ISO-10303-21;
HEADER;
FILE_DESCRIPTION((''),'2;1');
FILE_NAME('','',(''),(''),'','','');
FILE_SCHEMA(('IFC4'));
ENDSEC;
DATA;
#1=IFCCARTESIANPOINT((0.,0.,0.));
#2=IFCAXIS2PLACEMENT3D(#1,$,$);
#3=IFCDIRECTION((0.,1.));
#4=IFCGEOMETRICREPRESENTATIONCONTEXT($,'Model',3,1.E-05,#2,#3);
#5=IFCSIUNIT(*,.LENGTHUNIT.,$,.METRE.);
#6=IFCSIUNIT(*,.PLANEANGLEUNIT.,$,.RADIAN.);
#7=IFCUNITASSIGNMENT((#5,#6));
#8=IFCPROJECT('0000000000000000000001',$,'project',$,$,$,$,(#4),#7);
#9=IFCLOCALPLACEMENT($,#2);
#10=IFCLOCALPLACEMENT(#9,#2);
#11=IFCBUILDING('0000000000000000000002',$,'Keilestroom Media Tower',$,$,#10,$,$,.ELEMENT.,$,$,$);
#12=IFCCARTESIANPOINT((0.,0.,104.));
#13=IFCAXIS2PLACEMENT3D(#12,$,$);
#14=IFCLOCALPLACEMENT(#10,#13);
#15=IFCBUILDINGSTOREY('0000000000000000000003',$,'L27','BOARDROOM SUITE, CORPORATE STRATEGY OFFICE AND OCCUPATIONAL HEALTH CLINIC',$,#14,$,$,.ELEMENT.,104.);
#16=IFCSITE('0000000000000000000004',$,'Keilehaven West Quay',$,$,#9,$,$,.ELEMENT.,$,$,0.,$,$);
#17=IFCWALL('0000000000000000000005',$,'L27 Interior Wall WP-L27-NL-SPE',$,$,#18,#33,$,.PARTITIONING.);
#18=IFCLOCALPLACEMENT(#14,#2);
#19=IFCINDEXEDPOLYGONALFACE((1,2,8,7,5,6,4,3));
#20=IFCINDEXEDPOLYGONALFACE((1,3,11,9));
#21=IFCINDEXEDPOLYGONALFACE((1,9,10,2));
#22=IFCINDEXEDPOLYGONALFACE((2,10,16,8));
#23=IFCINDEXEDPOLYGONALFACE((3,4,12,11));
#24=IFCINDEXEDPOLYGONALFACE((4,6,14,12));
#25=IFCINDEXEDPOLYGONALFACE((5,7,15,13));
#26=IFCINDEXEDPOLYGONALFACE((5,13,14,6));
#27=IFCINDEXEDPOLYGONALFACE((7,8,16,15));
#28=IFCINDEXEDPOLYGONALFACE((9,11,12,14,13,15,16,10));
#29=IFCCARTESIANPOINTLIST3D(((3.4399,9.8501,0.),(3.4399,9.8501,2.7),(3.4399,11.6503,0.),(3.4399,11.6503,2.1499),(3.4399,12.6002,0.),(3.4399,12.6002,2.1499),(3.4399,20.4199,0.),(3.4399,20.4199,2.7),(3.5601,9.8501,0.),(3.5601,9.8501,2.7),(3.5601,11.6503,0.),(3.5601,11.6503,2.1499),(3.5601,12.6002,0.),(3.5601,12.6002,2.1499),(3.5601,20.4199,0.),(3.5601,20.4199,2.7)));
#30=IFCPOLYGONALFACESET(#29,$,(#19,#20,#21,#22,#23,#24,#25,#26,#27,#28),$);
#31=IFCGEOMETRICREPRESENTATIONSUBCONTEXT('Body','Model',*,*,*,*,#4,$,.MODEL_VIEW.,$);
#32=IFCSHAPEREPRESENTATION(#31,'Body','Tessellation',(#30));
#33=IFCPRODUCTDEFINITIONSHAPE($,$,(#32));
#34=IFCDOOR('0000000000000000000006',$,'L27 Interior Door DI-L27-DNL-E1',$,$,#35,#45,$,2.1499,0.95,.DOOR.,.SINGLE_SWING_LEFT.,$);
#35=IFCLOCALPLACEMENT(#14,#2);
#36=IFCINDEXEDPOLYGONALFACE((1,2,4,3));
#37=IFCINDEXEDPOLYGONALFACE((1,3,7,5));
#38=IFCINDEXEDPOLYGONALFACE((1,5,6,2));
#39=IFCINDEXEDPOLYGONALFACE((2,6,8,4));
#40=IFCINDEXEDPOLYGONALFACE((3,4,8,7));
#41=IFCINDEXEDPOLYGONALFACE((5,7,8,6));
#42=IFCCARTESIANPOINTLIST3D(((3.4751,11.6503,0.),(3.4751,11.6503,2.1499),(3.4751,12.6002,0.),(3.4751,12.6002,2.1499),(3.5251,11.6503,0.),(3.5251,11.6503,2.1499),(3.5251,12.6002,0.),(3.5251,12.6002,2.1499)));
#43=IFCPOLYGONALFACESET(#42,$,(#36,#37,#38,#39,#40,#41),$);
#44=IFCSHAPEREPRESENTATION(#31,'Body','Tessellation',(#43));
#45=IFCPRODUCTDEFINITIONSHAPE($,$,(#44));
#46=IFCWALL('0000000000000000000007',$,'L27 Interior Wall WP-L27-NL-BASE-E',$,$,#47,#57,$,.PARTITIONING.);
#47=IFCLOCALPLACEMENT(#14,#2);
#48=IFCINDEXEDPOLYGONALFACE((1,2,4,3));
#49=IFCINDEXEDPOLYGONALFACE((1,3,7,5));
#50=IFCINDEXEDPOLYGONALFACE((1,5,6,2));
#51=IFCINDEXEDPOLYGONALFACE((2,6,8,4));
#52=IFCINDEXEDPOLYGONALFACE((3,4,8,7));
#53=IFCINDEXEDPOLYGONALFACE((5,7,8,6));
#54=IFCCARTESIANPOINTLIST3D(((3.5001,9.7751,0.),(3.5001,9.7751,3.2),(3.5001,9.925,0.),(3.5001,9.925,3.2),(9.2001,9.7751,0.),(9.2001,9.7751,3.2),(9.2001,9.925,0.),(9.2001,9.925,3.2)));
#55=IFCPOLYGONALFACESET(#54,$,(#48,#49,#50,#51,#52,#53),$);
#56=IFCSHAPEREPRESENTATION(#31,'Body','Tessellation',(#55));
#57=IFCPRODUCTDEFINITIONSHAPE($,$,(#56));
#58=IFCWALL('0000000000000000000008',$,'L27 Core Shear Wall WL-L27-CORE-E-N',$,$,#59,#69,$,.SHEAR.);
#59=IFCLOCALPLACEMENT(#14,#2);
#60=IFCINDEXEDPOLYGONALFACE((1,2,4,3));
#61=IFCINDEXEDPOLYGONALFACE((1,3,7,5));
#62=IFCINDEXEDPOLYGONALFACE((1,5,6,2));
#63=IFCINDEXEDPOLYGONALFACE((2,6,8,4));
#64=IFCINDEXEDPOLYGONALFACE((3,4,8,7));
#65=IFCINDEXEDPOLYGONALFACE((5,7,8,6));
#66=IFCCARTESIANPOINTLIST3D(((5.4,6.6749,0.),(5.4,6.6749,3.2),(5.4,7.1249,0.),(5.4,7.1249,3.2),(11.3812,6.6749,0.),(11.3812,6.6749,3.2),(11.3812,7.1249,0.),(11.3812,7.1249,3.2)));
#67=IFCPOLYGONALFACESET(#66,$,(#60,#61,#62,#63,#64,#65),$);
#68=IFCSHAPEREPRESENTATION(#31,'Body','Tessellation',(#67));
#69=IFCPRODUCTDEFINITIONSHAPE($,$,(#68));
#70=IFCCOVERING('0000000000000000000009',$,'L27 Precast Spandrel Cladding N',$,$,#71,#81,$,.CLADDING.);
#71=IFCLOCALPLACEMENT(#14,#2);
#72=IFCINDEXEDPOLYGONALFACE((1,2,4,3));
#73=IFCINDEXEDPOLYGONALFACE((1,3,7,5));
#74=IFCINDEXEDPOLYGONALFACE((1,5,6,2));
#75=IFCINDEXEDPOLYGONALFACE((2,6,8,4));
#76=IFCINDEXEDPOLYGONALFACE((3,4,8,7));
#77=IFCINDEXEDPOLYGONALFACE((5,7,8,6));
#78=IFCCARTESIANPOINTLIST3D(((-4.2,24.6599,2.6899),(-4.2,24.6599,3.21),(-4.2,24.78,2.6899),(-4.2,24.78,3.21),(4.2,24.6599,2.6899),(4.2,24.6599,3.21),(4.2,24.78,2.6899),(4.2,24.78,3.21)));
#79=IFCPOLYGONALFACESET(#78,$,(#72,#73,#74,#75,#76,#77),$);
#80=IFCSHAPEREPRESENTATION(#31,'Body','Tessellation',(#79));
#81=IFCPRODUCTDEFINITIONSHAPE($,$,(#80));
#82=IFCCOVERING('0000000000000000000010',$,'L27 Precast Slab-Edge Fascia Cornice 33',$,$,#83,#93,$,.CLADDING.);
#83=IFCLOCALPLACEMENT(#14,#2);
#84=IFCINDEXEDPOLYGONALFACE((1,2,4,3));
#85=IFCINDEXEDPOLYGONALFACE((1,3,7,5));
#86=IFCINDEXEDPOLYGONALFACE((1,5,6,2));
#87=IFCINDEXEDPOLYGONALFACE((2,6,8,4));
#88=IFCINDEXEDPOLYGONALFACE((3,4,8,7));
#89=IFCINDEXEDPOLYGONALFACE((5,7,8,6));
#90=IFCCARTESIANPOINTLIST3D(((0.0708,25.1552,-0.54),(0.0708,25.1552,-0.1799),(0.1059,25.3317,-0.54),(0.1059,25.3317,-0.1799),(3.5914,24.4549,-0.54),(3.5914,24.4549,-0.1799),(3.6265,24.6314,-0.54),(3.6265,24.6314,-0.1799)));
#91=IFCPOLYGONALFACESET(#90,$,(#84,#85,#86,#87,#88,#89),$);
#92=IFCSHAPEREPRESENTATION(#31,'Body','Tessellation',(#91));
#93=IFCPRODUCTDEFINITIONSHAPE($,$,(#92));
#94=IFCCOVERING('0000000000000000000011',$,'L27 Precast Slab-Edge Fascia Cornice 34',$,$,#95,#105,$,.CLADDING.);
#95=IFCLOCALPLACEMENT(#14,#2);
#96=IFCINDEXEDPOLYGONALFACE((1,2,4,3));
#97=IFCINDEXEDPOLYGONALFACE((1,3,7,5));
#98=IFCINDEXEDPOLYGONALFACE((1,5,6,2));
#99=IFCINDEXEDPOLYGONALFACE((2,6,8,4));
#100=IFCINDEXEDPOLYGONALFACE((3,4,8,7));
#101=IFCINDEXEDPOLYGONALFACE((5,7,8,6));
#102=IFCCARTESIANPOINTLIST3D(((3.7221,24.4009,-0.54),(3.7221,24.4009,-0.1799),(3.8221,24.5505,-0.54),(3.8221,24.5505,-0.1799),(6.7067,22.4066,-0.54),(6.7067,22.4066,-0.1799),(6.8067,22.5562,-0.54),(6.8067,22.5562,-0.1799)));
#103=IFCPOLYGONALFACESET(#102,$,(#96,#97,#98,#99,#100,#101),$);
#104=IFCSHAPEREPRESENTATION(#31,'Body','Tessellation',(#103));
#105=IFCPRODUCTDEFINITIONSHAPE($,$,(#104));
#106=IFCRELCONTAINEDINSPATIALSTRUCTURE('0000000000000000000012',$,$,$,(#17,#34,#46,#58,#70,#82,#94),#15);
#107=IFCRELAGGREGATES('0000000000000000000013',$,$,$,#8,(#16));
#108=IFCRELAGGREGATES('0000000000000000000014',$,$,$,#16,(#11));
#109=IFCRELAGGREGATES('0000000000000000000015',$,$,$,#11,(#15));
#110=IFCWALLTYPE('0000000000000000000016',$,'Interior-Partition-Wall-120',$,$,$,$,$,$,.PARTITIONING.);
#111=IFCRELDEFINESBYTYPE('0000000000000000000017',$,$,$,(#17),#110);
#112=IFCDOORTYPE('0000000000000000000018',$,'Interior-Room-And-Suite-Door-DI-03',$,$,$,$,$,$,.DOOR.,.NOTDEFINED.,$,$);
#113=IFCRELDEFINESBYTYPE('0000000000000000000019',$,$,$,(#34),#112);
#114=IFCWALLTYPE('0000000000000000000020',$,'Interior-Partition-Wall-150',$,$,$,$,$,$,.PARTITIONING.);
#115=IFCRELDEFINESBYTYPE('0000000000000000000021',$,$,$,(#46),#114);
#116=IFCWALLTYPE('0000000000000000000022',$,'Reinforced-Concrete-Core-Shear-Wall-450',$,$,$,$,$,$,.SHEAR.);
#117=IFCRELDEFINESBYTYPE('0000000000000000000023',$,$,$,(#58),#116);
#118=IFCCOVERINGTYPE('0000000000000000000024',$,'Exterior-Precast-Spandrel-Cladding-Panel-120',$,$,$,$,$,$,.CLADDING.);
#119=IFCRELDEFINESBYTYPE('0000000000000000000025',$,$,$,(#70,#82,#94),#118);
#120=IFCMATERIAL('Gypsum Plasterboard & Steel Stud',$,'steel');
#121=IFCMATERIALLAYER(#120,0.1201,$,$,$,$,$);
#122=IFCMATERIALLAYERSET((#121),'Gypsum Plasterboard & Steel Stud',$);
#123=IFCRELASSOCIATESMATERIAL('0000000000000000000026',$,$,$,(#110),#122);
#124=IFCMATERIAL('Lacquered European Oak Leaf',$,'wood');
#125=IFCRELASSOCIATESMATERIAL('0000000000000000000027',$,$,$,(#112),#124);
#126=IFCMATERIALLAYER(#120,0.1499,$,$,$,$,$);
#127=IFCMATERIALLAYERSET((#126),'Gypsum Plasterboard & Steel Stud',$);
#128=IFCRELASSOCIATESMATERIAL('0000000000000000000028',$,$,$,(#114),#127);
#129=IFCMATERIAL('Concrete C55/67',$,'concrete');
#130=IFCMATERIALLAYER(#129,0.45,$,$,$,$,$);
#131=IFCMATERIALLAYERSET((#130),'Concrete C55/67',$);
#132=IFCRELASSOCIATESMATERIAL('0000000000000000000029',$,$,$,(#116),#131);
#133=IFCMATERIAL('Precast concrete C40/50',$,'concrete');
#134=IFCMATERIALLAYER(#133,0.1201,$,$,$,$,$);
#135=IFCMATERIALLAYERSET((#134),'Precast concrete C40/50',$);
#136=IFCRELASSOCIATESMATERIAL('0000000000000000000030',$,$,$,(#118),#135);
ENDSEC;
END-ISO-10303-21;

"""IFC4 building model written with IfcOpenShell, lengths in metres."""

from ifc_helpers import new_model, si_unit, direction, frame, frame_2d, origin, origin_2d, place, context, subcontext, project, spatial, rectangle, extrude, source, transform, mapped, material, layer, layer_set, type_object, element, fill, save


model = new_model("IFC4")

# Units and contexts
model_context = context("Model", 3, precision=1e-05, world=origin(), true_north=direction((0.0, 1.0)))
body_context = subcontext(model_context, "Body", "Model", "MODEL_VIEW")
ifc_project = project(units=[si_unit("LENGTHUNIT", "METRE"), si_unit("PLANEANGLEUNIT", "RADIAN")], contexts=[model_context])

# Site, building, storey
site_placement = place(None, origin())
site = spatial("IfcSite", under=ifc_project, at=site_placement, Name="Keilehaven West Quay", CompositionType="ELEMENT", RefElevation=0.0)
building_placement = place(site_placement, origin())
building = spatial("IfcBuilding", under=site, at=building_placement, Name="Keilestroom Media Tower", CompositionType="ELEMENT")
storey_placement = place(building_placement, frame((0.0, 0.0, 104.0)))
storey = spatial("IfcBuildingStorey", under=building, at=storey_placement, Name="L27", Description="BOARDROOM SUITE, CORPORATE STRATEGY OFFICE AND OCCUPATIONAL HEALTH CLINIC", CompositionType="ELEMENT", Elevation=104.0)

# Shared definitions
ifc_material_1 = material(Name="Concrete C55/67", Category="concrete")

# Shared definitions
ifc_material_2 = material(Name="Precast concrete C40/50", Category="concrete")

# Wall, opening, door
ifc_material_3 = material(Name="Gypsum Plasterboard & Steel Stud", Category="steel")
ifc_layer_1 = layer(ifc_material_3, 0.1201)
ifc_layer_set_1 = layer_set([ifc_layer_1], Name="Gypsum Plasterboard & Steel Stud")
wall_type_1 = type_object("IfcWallType", Name="Interior-Partition-Wall-120", PredefinedType="PARTITIONING", material=ifc_layer_set_1)
wall_1_placement = place(storey_placement, frame((3.5, 9.8501, 0.0), z_axis=(0.0, 0.0, 1.0), x_axis=(0.0, 1.0, 0.0)))
wall_1 = element("IfcWall", 1, at=wall_1_placement, inside=storey, type_object=wall_type_1, Name="L27 Interior Wall WP-L27-NL-SPE", PredefinedType="PARTITIONING", context=body_context, shape_type="SweptSolid", body=[
    extrude(rectangle(XDim=10.5698, YDim=0.1201, at=frame_2d((5.2849, 0.0))), origin(), (0.0, 0.0, 1.0), 2.7),
])
opening_1_placement = place(wall_1_placement, frame((1.8, 0.0, 0.0)))
opening_1 = element("IfcOpeningElement", 2, at=opening_1_placement, cuts=wall_1, PredefinedType="OPENING", context=body_context, shape_type="SweptSolid", body=[
    extrude(rectangle(XDim=0.95, YDim=2.1499, at=frame_2d((0.4751, 1.075))), frame((0.0, 0.0701, 0.0), z_axis=(0.0, -1.0, 0.0), x_axis=(1.0, 0.0, 0.0)), (0.0, 0.0, 1.0), 0.1401),
])
ifc_material_4 = material(Name="Lacquered European Oak Leaf", Category="wood")
door_type_1 = type_object("IfcDoorType", Name="Interior-Room-And-Suite-Door-DI-03", OperationType="NOTDEFINED", PredefinedType="DOOR", material=ifc_material_4)
shared_shape_1 = source(origin(), body_context, "Body", "SweptSolid", [
    extrude(rectangle(XDim=0.95, YDim=2.1499, at=frame_2d((0.4751, 1.075))), frame((0.0, 0.0249, 0.0), z_axis=(0.0, -1.0, 0.0), x_axis=(1.0, 0.0, 0.0)), (0.0, 0.0, 1.0), 0.05),
])
door_1_placement = place(opening_1_placement, origin())
door_1 = element("IfcDoor", 3, at=door_1_placement, inside=storey, type_object=door_type_1, Name="L27 Interior Door DI-L27-DNL-E1", OperationType="SINGLE_SWING_LEFT", OverallHeight=2.1499, OverallWidth=0.95, PredefinedType="DOOR", context=body_context, shape_type="MappedRepresentation", body=[
    mapped(shared_shape_1, transform((0.0, 0.0, 0.0), x_axis=(1.0, 0.0, 0.0), y_axis=(0.0, 1.0, 0.0), z_axis=(0.0, 0.0, 1.0), scale=1.0)),
])
fill(opening_1, door_1)

# Walls
ifc_layer_2 = layer(ifc_material_3, 0.1499)
ifc_layer_set_2 = layer_set([ifc_layer_2], Name="Gypsum Plasterboard & Steel Stud")
wall_type_2 = type_object("IfcWallType", Name="Interior-Partition-Wall-150", PredefinedType="PARTITIONING", material=ifc_layer_set_2)
wall_2_placement = place(storey_placement, frame((3.5, 9.8501, 0.0), z_axis=(0.0, 0.0, 1.0), x_axis=(1.0, 0.0, 0.0)))
element("IfcWall", 4, at=wall_2_placement, inside=storey, type_object=wall_type_2, Name="L27 Interior Wall WP-L27-NL-BASE-E", PredefinedType="PARTITIONING", context=body_context, shape_type="SweptSolid", body=[
    extrude(rectangle(XDim=5.7, YDim=0.1499, at=frame_2d((2.8501, 0.0))), origin(), (0.0, 0.0, 1.0), 3.2),
])
ifc_layer_3 = layer(ifc_material_1, 0.45)
ifc_layer_set_3 = layer_set([ifc_layer_3], Name="Concrete C55/67")
wall_type_3 = type_object("IfcWallType", Name="Reinforced-Concrete-Core-Shear-Wall-450", PredefinedType="SHEAR", material=ifc_layer_set_3)
wall_3_placement = place(storey_placement, frame((5.3999, 6.8999, 0.0), z_axis=(0.0, 0.0, 1.0), x_axis=(1.0, 0.0, 0.0)))
element("IfcWall", 5, at=wall_3_placement, inside=storey, type_object=wall_type_3, Name="L27 Core Shear Wall WL-L27-CORE-E-N", PredefinedType="SHEAR", context=body_context, shape_type="SweptSolid", body=[
    extrude(rectangle(XDim=5.9812, YDim=0.45, at=frame_2d((2.9907, 0.0))), origin(), (0.0, 0.0, 1.0), 3.2),
])

# Coverings
ifc_layer_4 = layer(ifc_material_2, 0.1201)
ifc_layer_set_4 = layer_set([ifc_layer_4], Name="Precast concrete C40/50")
covering_type = type_object("IfcCoveringType", Name="Exterior-Precast-Spandrel-Cladding-Panel-120", PredefinedType="CLADDING", material=ifc_layer_set_4)
shared_shape_2 = source(origin(), body_context, "Body", "SweptSolid", [
    extrude(rectangle(XDim=8.3999, YDim=0.1201, at=origin_2d()), origin(), (0.0, 0.0, 1.0), 0.52),
])
covering_placement = place(storey_placement, frame((0.0, 24.72, 2.6899), z_axis=(0.0, 0.0, 1.0), x_axis=(1.0, 0.0, 0.0)))
element("IfcCovering", 6, at=covering_placement, inside=storey, type_object=covering_type, Name="L27 Precast Spandrel Cladding N", PredefinedType="CLADDING", context=body_context, shape_type="MappedRepresentation", body=[
    mapped(shared_shape_2, transform((0.0, 0.0, 0.0), x_axis=(1.0, 0.0, 0.0), y_axis=(0.0, 1.0, 0.0), z_axis=(0.0, 0.0, 1.0), scale=1.0)),
])
shared_shape_3 = source(origin(), body_context, "Body", "SweptSolid", [
    extrude(rectangle(XDim=3.5896, YDim=0.1799, at=origin_2d()), origin(), (0.0, 0.0, 1.0), 0.3601),
])
for number, where, z_axis, x_axis, name in (
    (7, (1.8486, 24.8933, -0.54), (0.0, 0.0, 1.0), (0.980784, -0.195099, 0.0), "L27 Precast Slab-Edge Fascia Cornice 33"),
    (8, (5.2644, 23.4785, -0.54), (0.0, 0.0, 1.0), (0.831467, -0.555575, 0.0), "L27 Precast Slab-Edge Fascia Cornice 34"),
):
    element("IfcCovering", number, at=place(storey_placement, frame(where, z_axis=z_axis, x_axis=x_axis)), inside=storey, type_object=covering_type, Name=name, PredefinedType="CLADDING", context=body_context, shape_type="MappedRepresentation", body=[
        mapped(shared_shape_3, transform((0.0, 0.0, 0.0), x_axis=(1.0, 0.0, 0.0), y_axis=(0.0, 1.0, 0.0), z_axis=(0.0, 0.0, 1.0), scale=1.0)),
    ])

save(model, "model.ifc")
